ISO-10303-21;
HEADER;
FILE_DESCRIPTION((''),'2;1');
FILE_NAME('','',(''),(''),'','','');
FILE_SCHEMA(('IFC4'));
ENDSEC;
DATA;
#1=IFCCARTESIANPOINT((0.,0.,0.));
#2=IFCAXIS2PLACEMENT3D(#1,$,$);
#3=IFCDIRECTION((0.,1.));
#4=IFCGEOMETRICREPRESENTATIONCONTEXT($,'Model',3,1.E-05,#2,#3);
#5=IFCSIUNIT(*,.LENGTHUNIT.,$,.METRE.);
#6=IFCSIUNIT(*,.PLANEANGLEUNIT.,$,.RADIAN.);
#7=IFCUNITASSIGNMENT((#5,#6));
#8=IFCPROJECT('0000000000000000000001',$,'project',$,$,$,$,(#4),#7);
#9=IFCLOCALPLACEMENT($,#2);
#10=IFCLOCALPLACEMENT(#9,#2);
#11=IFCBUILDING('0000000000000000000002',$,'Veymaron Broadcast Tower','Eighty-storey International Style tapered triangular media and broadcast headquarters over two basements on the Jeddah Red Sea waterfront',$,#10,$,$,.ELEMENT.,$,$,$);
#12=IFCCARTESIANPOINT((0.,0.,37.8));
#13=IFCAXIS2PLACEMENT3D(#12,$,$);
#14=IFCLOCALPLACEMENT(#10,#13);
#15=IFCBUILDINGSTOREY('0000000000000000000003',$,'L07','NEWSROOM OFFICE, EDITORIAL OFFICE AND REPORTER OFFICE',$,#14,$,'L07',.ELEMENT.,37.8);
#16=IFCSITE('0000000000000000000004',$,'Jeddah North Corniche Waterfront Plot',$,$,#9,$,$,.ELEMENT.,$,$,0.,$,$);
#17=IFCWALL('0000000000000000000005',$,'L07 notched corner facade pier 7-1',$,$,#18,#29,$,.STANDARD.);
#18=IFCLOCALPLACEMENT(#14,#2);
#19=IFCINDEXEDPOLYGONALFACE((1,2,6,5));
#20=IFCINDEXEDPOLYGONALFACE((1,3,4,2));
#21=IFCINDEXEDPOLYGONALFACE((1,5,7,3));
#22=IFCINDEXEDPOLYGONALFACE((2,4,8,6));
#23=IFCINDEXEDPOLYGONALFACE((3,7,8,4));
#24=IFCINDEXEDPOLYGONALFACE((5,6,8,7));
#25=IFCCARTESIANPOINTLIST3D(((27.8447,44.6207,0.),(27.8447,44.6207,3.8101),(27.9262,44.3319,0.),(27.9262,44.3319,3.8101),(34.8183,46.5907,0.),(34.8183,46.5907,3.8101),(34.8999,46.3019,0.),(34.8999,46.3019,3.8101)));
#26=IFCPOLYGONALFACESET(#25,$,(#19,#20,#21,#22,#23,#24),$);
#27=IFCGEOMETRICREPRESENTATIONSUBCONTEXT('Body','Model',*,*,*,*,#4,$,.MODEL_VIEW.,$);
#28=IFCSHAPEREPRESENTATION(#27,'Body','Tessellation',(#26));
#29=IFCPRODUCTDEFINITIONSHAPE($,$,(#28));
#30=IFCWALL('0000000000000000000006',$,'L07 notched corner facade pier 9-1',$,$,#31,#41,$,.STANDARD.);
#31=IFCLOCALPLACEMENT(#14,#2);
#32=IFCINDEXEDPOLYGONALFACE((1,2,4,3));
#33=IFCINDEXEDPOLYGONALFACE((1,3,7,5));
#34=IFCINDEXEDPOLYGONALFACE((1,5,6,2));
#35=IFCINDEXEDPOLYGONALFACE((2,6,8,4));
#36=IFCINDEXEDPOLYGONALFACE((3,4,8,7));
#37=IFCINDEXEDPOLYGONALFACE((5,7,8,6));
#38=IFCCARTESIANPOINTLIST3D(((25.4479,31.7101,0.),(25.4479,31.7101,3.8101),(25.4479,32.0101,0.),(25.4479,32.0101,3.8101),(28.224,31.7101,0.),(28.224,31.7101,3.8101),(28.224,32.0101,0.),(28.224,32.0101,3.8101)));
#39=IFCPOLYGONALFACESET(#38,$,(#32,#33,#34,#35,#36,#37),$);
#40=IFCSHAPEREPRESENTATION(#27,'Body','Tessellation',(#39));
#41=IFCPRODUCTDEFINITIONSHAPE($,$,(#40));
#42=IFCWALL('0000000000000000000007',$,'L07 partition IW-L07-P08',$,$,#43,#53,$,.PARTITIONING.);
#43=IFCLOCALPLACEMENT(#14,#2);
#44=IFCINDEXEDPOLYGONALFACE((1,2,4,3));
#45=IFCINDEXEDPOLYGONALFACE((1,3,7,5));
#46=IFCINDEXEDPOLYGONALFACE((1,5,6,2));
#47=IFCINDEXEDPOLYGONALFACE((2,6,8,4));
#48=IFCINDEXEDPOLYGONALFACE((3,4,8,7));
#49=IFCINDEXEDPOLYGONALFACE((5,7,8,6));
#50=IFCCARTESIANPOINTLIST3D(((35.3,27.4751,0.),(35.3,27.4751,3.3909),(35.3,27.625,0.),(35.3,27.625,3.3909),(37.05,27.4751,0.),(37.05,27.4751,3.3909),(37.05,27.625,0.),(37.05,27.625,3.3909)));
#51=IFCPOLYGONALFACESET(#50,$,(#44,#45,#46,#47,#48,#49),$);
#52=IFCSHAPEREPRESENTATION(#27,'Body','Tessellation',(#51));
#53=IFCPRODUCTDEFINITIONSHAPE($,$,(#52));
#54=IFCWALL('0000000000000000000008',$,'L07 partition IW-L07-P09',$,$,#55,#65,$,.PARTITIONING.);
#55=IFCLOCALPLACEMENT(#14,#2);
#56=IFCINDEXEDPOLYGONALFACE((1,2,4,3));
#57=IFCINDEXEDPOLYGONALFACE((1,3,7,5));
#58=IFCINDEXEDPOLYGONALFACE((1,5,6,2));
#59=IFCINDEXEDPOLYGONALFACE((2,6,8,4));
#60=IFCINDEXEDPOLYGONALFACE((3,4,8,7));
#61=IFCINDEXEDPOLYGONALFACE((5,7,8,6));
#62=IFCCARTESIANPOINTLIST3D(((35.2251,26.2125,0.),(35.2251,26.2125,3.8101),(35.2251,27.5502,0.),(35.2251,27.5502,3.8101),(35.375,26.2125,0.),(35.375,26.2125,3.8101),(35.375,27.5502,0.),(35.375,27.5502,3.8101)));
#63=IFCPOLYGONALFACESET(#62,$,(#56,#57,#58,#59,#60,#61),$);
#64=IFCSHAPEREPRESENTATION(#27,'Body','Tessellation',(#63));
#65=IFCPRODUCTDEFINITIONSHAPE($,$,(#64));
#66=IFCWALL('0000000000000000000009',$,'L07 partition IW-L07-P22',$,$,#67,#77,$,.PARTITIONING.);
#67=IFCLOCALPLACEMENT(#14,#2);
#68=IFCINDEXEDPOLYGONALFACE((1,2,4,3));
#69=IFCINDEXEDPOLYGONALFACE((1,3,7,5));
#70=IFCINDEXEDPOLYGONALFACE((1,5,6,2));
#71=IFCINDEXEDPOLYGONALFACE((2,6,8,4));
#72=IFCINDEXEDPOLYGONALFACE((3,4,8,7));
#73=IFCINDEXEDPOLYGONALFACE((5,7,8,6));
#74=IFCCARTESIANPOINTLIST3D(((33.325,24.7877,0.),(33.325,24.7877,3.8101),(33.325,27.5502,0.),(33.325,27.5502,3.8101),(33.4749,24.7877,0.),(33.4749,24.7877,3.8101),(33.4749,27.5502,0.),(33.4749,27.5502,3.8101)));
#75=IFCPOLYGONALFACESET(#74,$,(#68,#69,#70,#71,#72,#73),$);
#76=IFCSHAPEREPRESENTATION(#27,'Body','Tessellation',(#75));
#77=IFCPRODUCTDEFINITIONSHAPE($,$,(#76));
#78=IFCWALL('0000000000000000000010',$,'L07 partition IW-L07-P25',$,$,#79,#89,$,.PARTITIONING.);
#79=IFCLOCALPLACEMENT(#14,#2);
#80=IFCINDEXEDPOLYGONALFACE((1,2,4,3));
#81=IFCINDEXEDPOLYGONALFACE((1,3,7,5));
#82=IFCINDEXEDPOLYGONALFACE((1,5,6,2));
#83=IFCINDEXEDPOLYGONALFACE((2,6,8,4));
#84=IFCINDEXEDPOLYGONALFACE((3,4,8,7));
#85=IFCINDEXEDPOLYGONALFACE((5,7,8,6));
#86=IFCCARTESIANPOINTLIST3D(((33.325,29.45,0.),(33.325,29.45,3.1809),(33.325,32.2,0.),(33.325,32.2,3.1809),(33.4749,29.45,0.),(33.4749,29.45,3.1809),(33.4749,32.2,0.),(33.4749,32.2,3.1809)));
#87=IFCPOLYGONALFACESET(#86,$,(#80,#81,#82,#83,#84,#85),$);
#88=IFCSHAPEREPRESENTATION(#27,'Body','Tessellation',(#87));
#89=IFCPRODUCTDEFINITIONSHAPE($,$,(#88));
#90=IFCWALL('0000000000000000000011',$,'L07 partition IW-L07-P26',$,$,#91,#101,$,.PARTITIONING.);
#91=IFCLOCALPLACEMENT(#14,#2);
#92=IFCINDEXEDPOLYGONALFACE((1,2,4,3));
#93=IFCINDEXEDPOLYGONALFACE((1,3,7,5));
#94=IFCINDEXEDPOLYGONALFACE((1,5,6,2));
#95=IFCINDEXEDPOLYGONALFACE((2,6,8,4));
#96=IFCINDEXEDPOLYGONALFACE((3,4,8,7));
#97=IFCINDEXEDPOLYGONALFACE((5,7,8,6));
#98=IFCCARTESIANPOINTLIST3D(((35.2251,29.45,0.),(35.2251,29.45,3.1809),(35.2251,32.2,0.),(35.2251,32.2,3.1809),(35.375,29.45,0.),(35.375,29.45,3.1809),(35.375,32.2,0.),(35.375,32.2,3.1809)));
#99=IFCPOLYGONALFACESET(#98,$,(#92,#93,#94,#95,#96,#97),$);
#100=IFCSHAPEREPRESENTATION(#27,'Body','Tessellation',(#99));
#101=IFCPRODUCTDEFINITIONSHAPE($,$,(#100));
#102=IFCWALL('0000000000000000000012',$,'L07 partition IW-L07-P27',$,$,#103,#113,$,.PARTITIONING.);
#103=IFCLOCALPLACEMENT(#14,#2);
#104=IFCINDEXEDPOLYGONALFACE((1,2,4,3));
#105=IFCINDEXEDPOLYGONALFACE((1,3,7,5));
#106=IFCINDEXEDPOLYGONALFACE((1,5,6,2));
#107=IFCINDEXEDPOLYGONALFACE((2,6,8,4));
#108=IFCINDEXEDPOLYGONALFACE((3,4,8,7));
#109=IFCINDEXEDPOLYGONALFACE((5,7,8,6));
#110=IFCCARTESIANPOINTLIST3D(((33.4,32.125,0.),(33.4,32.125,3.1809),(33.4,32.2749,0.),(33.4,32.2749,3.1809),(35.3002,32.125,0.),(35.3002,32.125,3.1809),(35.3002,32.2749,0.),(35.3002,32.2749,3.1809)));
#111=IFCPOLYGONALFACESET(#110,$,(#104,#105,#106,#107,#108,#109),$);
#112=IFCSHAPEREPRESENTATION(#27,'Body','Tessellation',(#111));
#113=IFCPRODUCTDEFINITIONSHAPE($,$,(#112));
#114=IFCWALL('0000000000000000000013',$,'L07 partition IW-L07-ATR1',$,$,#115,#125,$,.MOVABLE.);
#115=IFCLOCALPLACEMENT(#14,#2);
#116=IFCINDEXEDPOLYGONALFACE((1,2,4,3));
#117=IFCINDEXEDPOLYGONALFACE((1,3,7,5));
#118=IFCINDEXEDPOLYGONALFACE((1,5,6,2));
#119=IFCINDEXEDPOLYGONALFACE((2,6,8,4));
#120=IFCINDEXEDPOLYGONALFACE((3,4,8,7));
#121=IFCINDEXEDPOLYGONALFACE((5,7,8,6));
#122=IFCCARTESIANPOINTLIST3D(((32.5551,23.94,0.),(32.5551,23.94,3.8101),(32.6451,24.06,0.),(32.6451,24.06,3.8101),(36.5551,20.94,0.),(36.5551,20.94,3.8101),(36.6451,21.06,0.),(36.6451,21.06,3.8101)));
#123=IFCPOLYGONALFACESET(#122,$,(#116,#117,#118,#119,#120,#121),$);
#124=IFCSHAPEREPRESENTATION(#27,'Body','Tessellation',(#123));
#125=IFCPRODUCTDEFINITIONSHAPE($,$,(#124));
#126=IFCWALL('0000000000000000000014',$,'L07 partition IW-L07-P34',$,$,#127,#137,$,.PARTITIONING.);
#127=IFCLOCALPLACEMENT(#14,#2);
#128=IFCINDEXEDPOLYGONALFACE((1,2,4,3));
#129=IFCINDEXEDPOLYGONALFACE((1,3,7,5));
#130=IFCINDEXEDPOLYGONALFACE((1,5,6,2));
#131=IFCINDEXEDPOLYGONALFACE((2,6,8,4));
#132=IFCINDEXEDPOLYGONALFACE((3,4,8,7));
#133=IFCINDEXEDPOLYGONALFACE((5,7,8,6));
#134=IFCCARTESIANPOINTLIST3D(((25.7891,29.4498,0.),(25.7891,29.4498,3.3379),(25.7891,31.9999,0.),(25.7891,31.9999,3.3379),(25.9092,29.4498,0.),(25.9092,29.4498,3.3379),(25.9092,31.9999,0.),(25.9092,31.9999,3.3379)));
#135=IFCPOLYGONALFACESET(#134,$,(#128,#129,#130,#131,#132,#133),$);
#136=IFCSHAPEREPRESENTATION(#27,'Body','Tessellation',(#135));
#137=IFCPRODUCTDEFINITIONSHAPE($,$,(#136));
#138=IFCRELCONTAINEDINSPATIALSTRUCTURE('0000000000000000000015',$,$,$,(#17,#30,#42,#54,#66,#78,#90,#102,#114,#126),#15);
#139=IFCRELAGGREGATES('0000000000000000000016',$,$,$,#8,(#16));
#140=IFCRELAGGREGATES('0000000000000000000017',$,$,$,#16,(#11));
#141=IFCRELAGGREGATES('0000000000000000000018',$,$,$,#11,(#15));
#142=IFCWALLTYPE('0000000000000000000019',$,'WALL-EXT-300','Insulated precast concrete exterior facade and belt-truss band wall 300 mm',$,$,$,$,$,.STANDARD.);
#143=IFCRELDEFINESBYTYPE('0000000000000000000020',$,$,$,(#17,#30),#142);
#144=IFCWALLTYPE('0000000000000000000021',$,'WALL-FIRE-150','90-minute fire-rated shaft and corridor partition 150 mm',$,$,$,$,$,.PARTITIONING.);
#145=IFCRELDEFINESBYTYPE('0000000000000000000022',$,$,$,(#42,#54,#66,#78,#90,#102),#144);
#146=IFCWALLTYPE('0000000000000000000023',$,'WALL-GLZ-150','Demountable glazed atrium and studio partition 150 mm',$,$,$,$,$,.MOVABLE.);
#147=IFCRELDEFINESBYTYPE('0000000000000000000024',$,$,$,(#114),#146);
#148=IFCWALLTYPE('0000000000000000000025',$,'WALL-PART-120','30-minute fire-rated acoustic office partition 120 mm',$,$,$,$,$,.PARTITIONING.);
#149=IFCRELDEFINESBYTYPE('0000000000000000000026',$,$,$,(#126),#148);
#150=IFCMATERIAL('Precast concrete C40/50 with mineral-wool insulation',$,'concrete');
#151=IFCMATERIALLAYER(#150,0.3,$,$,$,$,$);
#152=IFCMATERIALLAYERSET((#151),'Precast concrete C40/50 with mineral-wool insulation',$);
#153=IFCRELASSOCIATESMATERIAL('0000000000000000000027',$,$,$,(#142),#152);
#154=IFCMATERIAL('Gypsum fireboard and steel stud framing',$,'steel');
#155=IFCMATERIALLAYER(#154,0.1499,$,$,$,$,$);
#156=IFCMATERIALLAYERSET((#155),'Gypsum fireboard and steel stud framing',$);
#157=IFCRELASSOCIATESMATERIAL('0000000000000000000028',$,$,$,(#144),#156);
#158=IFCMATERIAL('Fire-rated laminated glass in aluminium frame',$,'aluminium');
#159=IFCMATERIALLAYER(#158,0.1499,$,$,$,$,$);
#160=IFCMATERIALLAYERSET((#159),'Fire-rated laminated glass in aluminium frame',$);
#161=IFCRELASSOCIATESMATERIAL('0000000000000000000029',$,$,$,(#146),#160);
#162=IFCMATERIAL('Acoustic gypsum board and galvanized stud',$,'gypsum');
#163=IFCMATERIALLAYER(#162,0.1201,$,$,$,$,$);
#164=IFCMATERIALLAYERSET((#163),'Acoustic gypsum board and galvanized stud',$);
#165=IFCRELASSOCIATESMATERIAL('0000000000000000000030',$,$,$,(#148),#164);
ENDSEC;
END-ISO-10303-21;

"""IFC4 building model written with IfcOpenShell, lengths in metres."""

from ifc_helpers import new_model, si_unit, direction, frame, frame_2d, origin, place, context, subcontext, project, spatial, rectangle, extrude, material, layer, layer_set, type_object, element, save


model = new_model("IFC4")

# Units and contexts
model_context = context("Model", 3, precision=1e-05, world=origin(), true_north=direction((0.0, 1.0)))
body_context = subcontext(model_context, "Body", "Model", "MODEL_VIEW")
ifc_project = project(units=[si_unit("LENGTHUNIT", "METRE"), si_unit("PLANEANGLEUNIT", "RADIAN")], contexts=[model_context])

# Site, building, storey
site_placement = place(None, origin())
site = spatial("IfcSite", under=ifc_project, at=site_placement, Name="Jeddah North Corniche Waterfront Plot", CompositionType="ELEMENT", RefElevation=0.0)
building_placement = place(site_placement, origin())
building = spatial("IfcBuilding", under=site, at=building_placement, Name="Veymaron Broadcast Tower", Description="Eighty-storey International Style tapered triangular media and broadcast headquarters over two basements on the Jeddah Red Sea waterfront", CompositionType="ELEMENT")
storey_placement = place(building_placement, frame((0.0, 0.0, 37.8)))
storey = spatial("IfcBuildingStorey", under=building, at=storey_placement, Name="L07", Description="NEWSROOM OFFICE, EDITORIAL OFFICE AND REPORTER OFFICE", LongName="L07", CompositionType="ELEMENT", Elevation=37.8)

# Walls
ifc_material_1 = material(Name="Precast concrete C40/50 with mineral-wool insulation", Category="concrete")
ifc_layer_1 = layer(ifc_material_1, 0.3)
ifc_layer_set_1 = layer_set([ifc_layer_1], Name="Precast concrete C40/50 with mineral-wool insulation")
wall_type_1 = type_object("IfcWallType", Name="WALL-EXT-300", Description="Insulated precast concrete exterior facade and belt-truss band wall 300 mm", PredefinedType="STANDARD", material=ifc_layer_set_1)
wall_1_placement = place(storey_placement, frame((34.8591, 46.4463, 0.0), z_axis=(0.0, 0.0, 1.0), x_axis=(-0.96234, -0.27185, 0.0)))
element("IfcWall", 1, at=wall_1_placement, inside=storey, type_object=wall_type_1, Name="L07 notched corner facade pier 7-1", PredefinedType="STANDARD", context=body_context, shape_type="SweptSolid", body=[
    extrude(rectangle(XDim=7.2466, YDim=0.3, at=frame_2d((3.6233, 0.0))), origin(), (0.0, 0.0, 1.0), 3.8101),
])
wall_2_placement = place(storey_placement, frame((28.2241, 31.8601, 0.0), z_axis=(0.0, 0.0, 1.0), x_axis=(-1.0, 0.0, 0.0)))
element("IfcWall", 2, at=wall_2_placement, inside=storey, type_object=wall_type_1, Name="L07 notched corner facade pier 9-1", PredefinedType="STANDARD", context=body_context, shape_type="SweptSolid", body=[
    extrude(rectangle(XDim=2.7761, YDim=0.3, at=frame_2d((1.3882, 0.0))), origin(), (0.0, 0.0, 1.0), 3.8101),
])
ifc_material_2 = material(Name="Gypsum fireboard and steel stud framing", Category="steel")
ifc_layer_2 = layer(ifc_material_2, 0.1499)
ifc_layer_set_2 = layer_set([ifc_layer_2], Name="Gypsum fireboard and steel stud framing")
wall_type_2 = type_object("IfcWallType", Name="WALL-FIRE-150", Description="90-minute fire-rated shaft and corridor partition 150 mm", PredefinedType="PARTITIONING", material=ifc_layer_set_2)
wall_3_placement = place(storey_placement, frame((35.3, 27.55, 0.0), z_axis=(0.0, 0.0, 1.0), x_axis=(1.0, 0.0, 0.0)))
element("IfcWall", 3, at=wall_3_placement, inside=storey, type_object=wall_type_2, Name="L07 partition IW-L07-P08", PredefinedType="PARTITIONING", context=body_context, shape_type="SweptSolid", body=[
    extrude(rectangle(XDim=1.75, YDim=0.1499, at=frame_2d((0.875, 0.0))), origin(), (0.0, 0.0, 1.0), 3.3909),
])
wall_4_placement = place(storey_placement, frame((35.3, 26.2124, 0.0), z_axis=(0.0, 0.0, 1.0), x_axis=(0.0, 1.0, 0.0)))
element("IfcWall", 4, at=wall_4_placement, inside=storey, type_object=wall_type_2, Name="L07 partition IW-L07-P09", PredefinedType="PARTITIONING", context=body_context, shape_type="SweptSolid", body=[
    extrude(rectangle(XDim=1.3376, YDim=0.1499, at=frame_2d((0.6689, 0.0))), origin(), (0.0, 0.0, 1.0), 3.8101),
])
wall_5_placement = place(storey_placement, frame((33.3999, 24.7876, 0.0), z_axis=(0.0, 0.0, 1.0), x_axis=(0.0, 1.0, 0.0)))
element("IfcWall", 5, at=wall_5_placement, inside=storey, type_object=wall_type_2, Name="L07 partition IW-L07-P22", PredefinedType="PARTITIONING", context=body_context, shape_type="SweptSolid", body=[
    extrude(rectangle(XDim=2.7625, YDim=0.1499, at=frame_2d((1.3813, 0.0))), origin(), (0.0, 0.0, 1.0), 3.8101),
])
for number, where, z_axis, x_axis, name in (
    (6, (33.3999, 29.45, 0.0), (0.0, 0.0, 1.0), (0.0, 1.0, 0.0), "L07 partition IW-L07-P25"),
    (7, (35.3, 29.45, 0.0), (0.0, 0.0, 1.0), (0.0, 1.0, 0.0), "L07 partition IW-L07-P26"),
):
    element("IfcWall", number, at=place(storey_placement, frame(where, z_axis=z_axis, x_axis=x_axis)), inside=storey, type_object=wall_type_2, Name=name, PredefinedType="PARTITIONING", context=body_context, shape_type="SweptSolid", body=[
        extrude(rectangle(XDim=2.75, YDim=0.1499, at=frame_2d((1.375, 0.0))), origin(), (0.0, 0.0, 1.0), 3.1809),
    ])
wall_6_placement = place(storey_placement, frame((33.3999, 32.2, 0.0), z_axis=(0.0, 0.0, 1.0), x_axis=(1.0, 0.0, 0.0)))
element("IfcWall", 8, at=wall_6_placement, inside=storey, type_object=wall_type_2, Name="L07 partition IW-L07-P27", PredefinedType="PARTITIONING", context=body_context, shape_type="SweptSolid", body=[
    extrude(rectangle(XDim=1.9001, YDim=0.1499, at=frame_2d((0.9502, 0.0))), origin(), (0.0, 0.0, 1.0), 3.1809),
])
ifc_material_3 = material(Name="Fire-rated laminated glass in aluminium frame", Category="aluminium")
ifc_layer_3 = layer(ifc_material_3, 0.1499)
ifc_layer_set_3 = layer_set([ifc_layer_3], Name="Fire-rated laminated glass in aluminium frame")
wall_type_3 = type_object("IfcWallType", Name="WALL-GLZ-150", Description="Demountable glazed atrium and studio partition 150 mm", PredefinedType="MOVABLE", material=ifc_layer_set_3)
wall_7_placement = place(storey_placement, frame((32.6001, 24.0, 0.0), z_axis=(0.0, 0.0, 1.0), x_axis=(0.8, -0.6, 0.0)))
element("IfcWall", 9, at=wall_7_placement, inside=storey, type_object=wall_type_3, Name="L07 partition IW-L07-ATR1", PredefinedType="MOVABLE", context=body_context, shape_type="SweptSolid", body=[
    extrude(rectangle(XDim=5.0, YDim=0.1499, at=frame_2d((2.5, 0.0))), origin(), (0.0, 0.0, 1.0), 3.8101),
])
ifc_material_4 = material(Name="Acoustic gypsum board and galvanized stud", Category="gypsum")
ifc_layer_4 = layer(ifc_material_4, 0.1201)
ifc_layer_set_4 = layer_set([ifc_layer_4], Name="Acoustic gypsum board and galvanized stud")
wall_type_4 = type_object("IfcWallType", Name="WALL-PART-120", Description="30-minute fire-rated acoustic office partition 120 mm", PredefinedType="PARTITIONING", material=ifc_layer_set_4)
wall_8_placement = place(storey_placement, frame((25.8491, 29.45, 0.0), z_axis=(0.0, 0.0, 1.0), x_axis=(0.0, 1.0, 0.0)))
element("IfcWall", 10, at=wall_8_placement, inside=storey, type_object=wall_type_4, Name="L07 partition IW-L07-P34", PredefinedType="PARTITIONING", context=body_context, shape_type="SweptSolid", body=[
    extrude(rectangle(XDim=2.55, YDim=0.1201, at=frame_2d((1.2749, 0.0))), origin(), (0.0, 0.0, 1.0), 3.3379),
])

save(model, "model.ifc")
